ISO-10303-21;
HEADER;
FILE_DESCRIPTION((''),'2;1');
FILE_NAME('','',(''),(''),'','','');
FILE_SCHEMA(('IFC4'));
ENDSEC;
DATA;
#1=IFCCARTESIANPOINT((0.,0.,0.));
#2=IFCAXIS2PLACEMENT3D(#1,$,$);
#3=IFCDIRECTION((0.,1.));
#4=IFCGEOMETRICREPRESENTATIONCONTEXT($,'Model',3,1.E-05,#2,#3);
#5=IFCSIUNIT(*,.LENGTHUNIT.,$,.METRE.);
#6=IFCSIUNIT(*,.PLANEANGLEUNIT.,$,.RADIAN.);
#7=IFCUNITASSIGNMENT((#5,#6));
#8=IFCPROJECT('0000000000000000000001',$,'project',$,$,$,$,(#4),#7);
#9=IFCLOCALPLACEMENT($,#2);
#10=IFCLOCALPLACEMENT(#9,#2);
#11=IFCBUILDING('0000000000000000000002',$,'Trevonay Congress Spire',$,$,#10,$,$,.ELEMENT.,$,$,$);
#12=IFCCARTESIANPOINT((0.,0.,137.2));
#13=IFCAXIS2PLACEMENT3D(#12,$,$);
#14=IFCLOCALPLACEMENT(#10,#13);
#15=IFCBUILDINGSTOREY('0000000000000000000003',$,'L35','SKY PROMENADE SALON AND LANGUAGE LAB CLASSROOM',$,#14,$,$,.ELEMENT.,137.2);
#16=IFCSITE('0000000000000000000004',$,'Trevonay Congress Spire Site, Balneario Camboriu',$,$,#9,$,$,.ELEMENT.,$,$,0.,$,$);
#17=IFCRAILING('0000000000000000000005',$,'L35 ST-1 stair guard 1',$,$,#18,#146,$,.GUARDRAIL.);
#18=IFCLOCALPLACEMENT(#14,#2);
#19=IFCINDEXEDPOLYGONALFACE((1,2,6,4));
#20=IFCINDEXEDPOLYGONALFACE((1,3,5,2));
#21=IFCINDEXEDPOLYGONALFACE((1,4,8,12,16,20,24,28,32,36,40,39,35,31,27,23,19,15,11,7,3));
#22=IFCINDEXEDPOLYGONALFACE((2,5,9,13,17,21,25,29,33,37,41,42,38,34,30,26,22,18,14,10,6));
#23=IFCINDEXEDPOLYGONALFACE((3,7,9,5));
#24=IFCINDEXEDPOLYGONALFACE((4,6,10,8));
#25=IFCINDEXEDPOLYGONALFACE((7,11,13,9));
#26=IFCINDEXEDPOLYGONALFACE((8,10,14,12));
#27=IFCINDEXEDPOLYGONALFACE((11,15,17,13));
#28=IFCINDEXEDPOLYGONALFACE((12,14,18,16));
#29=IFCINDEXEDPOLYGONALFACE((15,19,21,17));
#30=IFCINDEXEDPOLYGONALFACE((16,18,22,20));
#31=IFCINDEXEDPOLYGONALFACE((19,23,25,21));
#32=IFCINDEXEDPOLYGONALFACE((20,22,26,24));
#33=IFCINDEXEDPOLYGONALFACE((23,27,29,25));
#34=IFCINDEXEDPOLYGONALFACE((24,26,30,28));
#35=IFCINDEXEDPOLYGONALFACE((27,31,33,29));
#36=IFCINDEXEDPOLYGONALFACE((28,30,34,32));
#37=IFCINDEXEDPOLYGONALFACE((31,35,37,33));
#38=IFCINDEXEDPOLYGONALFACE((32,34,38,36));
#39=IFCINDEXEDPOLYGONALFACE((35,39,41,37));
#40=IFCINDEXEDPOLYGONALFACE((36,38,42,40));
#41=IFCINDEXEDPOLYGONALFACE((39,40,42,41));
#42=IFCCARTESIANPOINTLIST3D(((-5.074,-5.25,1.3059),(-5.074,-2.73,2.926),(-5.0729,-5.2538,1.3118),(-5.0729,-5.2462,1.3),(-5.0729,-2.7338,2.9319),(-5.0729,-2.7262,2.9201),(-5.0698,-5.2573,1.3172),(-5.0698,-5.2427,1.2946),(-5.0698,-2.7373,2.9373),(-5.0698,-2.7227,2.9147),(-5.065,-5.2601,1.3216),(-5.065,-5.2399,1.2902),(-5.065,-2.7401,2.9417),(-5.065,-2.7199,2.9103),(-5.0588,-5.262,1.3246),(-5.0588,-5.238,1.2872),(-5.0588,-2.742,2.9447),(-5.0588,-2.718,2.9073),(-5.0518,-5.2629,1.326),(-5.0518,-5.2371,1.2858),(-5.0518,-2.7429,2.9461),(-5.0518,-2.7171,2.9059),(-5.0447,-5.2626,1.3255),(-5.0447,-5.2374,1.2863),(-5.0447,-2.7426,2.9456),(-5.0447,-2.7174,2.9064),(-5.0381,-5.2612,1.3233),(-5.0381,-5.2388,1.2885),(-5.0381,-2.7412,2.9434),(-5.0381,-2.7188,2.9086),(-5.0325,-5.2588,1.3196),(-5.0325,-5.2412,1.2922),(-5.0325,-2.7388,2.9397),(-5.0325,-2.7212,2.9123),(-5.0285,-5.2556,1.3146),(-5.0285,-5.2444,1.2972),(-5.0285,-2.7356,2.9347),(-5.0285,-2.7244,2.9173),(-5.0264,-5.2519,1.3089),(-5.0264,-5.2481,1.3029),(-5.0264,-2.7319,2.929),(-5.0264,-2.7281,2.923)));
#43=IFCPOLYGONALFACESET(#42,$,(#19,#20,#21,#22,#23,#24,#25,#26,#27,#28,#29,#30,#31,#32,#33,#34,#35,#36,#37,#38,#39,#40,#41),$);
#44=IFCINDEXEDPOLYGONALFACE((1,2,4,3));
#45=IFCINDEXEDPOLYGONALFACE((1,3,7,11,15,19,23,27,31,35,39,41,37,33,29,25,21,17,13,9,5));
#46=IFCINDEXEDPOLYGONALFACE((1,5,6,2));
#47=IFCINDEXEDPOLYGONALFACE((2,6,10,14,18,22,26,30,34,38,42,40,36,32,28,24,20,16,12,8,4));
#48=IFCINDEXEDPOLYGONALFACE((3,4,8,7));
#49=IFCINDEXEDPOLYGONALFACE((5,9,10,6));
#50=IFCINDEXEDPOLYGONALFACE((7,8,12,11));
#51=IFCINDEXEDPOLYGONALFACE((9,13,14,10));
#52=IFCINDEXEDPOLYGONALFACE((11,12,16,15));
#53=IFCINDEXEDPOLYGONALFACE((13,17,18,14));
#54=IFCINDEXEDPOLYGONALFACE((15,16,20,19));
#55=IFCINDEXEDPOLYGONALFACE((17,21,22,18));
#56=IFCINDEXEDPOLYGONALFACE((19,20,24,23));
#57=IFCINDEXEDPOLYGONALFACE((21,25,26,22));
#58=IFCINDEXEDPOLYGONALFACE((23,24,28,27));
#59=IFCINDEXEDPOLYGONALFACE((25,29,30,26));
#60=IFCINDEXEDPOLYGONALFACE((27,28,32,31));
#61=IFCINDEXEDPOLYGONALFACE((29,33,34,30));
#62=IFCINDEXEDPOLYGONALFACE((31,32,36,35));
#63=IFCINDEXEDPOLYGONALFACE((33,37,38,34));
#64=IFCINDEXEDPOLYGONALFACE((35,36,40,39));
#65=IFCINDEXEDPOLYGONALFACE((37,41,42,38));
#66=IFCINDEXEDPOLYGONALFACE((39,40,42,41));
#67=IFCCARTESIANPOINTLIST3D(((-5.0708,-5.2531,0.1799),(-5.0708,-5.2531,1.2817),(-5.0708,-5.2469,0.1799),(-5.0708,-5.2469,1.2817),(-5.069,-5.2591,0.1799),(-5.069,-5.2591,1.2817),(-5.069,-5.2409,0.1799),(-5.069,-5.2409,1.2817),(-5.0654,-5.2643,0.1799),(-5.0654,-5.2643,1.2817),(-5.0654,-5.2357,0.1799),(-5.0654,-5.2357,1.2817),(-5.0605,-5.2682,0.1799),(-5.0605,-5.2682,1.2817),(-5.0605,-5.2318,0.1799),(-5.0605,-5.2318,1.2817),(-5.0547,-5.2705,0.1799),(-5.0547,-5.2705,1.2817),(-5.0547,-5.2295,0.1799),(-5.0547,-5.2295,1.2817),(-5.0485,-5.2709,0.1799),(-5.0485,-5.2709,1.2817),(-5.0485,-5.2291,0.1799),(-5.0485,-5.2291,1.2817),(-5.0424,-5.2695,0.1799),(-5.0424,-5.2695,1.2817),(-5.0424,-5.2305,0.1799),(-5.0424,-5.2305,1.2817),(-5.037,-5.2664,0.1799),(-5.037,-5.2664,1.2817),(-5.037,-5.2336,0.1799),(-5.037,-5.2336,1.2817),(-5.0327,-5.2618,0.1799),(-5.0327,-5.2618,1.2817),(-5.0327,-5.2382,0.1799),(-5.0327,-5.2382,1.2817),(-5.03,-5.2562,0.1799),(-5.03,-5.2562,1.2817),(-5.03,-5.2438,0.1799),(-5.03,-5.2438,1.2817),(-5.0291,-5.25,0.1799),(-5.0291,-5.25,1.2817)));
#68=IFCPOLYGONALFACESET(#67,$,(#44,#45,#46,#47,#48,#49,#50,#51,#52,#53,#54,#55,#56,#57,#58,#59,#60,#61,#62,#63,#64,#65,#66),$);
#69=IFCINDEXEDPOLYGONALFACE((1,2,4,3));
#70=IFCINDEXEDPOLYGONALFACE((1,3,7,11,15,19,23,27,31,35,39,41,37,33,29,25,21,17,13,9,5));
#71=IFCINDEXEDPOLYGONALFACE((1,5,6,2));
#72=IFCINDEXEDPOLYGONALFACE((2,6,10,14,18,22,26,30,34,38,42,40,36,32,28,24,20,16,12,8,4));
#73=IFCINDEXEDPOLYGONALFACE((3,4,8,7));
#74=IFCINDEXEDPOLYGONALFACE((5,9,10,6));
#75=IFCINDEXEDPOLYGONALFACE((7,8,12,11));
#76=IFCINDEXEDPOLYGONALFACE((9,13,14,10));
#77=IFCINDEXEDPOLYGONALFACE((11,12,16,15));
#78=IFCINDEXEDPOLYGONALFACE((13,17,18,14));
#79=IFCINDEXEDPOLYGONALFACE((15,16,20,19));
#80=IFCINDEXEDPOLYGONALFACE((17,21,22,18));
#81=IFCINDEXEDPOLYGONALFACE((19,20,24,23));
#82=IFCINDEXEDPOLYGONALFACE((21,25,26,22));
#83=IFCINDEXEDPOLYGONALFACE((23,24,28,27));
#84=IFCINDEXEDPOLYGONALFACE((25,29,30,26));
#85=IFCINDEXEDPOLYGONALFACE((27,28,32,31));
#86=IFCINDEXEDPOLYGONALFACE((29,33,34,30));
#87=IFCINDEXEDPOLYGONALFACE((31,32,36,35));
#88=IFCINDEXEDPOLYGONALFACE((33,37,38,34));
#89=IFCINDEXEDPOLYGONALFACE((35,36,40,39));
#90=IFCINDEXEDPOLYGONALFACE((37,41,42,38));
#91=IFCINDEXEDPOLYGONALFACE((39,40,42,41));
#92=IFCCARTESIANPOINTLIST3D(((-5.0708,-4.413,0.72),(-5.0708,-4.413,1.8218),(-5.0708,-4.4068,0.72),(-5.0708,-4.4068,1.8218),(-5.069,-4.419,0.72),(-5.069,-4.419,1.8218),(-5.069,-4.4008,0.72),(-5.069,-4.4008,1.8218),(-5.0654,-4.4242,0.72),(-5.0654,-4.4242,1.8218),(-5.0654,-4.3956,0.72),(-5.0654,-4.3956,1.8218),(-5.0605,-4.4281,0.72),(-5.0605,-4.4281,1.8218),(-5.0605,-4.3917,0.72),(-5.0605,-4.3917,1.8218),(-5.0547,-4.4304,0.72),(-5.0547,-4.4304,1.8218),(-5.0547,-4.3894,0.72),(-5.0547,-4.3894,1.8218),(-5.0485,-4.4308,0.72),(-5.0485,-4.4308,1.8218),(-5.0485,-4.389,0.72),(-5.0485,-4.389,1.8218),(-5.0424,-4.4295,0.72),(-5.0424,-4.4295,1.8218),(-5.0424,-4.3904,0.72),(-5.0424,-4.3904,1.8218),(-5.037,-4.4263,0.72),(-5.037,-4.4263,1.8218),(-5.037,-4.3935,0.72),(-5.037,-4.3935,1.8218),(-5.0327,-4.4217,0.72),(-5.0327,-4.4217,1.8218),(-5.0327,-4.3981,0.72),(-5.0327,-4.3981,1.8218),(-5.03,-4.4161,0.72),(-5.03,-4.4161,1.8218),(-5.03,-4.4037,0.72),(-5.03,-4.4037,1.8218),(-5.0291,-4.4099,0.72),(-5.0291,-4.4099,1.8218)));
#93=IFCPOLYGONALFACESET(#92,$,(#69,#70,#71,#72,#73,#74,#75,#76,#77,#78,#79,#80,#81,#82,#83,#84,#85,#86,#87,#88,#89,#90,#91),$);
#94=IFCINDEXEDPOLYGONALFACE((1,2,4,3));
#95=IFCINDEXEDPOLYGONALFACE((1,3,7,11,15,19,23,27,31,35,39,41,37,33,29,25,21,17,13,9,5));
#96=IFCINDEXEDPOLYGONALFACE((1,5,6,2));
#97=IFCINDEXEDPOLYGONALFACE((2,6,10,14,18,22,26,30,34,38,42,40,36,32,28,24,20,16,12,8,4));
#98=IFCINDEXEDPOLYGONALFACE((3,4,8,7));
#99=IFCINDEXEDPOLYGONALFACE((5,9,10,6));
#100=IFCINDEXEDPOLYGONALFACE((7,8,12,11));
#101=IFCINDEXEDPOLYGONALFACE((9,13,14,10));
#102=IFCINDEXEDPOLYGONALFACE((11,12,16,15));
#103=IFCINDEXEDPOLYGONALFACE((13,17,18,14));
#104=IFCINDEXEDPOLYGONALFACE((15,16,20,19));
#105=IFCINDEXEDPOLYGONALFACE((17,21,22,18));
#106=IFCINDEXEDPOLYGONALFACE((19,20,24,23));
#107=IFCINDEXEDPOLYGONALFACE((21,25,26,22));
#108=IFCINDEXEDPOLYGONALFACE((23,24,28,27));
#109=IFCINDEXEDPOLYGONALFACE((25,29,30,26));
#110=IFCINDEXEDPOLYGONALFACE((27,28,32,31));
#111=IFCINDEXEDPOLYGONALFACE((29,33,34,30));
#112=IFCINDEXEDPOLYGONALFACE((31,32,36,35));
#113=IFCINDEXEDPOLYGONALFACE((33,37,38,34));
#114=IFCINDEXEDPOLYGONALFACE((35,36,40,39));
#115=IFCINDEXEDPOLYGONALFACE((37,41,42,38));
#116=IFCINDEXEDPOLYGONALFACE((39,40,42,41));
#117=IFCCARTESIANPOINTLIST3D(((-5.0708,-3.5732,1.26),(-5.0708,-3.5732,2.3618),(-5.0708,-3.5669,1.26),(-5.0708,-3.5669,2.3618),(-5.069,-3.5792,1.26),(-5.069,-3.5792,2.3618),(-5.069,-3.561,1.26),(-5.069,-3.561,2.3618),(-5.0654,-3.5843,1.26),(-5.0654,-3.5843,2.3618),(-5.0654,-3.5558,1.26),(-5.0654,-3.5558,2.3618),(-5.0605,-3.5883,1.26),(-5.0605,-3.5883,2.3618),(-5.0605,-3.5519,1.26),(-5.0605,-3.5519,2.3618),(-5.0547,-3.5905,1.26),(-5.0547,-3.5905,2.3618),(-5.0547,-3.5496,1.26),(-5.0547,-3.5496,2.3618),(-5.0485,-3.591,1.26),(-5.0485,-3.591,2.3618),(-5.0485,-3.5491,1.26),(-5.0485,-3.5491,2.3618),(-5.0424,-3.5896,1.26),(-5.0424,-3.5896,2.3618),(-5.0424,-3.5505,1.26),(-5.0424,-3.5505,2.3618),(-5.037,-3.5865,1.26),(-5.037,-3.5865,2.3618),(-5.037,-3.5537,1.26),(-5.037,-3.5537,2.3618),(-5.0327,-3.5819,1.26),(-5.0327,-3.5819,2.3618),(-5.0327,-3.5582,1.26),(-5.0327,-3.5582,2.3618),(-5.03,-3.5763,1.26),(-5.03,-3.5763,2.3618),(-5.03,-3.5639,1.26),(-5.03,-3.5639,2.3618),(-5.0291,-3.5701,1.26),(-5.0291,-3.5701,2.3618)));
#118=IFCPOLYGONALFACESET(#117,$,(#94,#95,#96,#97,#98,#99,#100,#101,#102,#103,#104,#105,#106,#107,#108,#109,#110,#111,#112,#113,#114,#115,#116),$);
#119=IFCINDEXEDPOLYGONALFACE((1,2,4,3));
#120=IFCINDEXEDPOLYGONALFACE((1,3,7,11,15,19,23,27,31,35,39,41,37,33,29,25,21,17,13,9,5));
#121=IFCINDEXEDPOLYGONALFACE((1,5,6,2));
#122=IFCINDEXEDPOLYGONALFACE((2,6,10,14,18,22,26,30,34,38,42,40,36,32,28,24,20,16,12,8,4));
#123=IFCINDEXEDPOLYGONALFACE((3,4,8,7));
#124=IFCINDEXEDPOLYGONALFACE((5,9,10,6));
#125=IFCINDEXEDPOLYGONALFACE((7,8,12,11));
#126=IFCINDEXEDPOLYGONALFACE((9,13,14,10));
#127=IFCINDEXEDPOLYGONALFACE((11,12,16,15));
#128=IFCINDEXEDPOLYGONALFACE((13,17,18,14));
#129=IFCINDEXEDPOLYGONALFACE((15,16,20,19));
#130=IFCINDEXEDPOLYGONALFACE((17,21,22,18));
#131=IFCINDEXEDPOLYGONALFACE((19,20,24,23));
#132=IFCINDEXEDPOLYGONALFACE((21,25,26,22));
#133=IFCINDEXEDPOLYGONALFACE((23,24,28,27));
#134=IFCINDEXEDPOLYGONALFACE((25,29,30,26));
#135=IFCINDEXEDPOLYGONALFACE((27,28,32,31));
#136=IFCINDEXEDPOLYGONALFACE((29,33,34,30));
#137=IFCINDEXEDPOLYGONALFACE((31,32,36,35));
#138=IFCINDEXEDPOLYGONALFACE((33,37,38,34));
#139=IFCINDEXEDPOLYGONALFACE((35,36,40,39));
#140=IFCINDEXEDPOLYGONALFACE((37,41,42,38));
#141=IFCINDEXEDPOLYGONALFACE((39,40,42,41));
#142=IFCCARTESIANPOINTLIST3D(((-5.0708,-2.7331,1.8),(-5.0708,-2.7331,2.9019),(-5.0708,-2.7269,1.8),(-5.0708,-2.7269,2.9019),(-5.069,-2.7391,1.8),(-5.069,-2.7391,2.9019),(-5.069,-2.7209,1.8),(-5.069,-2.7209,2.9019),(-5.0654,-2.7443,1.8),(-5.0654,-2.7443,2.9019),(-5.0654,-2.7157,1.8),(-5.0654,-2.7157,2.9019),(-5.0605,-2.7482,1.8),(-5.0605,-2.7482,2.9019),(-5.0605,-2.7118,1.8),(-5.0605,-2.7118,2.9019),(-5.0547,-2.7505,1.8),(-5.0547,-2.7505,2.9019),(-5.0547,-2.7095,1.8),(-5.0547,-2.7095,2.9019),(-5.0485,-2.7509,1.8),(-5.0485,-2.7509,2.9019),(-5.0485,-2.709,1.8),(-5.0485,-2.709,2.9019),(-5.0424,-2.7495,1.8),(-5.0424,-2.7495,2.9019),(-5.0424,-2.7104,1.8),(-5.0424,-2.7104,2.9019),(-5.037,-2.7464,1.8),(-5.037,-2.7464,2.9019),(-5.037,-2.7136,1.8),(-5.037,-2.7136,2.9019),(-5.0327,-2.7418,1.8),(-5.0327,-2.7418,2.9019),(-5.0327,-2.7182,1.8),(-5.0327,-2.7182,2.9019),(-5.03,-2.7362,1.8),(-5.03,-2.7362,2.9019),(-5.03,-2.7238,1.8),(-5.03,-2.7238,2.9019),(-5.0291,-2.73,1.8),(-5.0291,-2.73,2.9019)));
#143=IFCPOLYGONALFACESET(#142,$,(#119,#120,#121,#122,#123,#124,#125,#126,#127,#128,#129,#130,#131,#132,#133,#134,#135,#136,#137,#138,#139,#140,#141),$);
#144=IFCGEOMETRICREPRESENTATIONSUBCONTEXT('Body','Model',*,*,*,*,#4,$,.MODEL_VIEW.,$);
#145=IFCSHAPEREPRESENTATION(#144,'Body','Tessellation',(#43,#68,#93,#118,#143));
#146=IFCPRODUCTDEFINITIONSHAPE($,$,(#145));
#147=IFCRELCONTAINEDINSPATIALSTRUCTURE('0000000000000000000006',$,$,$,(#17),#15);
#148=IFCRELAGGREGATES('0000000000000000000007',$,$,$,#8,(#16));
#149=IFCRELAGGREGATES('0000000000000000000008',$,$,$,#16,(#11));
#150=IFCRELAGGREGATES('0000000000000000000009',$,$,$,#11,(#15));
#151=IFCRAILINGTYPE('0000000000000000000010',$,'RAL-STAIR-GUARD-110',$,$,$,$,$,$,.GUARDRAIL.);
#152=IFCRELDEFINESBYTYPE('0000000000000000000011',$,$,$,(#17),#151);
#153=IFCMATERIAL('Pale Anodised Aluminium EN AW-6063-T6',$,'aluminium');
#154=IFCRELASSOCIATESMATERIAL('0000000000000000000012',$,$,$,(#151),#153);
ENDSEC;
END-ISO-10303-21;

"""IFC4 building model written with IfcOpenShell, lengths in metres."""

from ifc_helpers import new_model, si_unit, direction, frame, origin, origin_2d, place, context, subcontext, project, spatial, circle, extrude, material, type_object, element, save


model = new_model("IFC4")

# Units and contexts
model_context = context("Model", 3, precision=1e-05, world=origin(), true_north=direction((0.0, 1.0)))
body_context = subcontext(model_context, "Body", "Model", "MODEL_VIEW")
ifc_project = project(units=[si_unit("LENGTHUNIT", "METRE"), si_unit("PLANEANGLEUNIT", "RADIAN")], contexts=[model_context])

# Site, building, storey
site_placement = place(None, origin())
site = spatial("IfcSite", under=ifc_project, at=site_placement, Name="Trevonay Congress Spire Site, Balneario Camboriu", CompositionType="ELEMENT", RefElevation=0.0)
building_placement = place(site_placement, origin())
building = spatial("IfcBuilding", under=site, at=building_placement, Name="Trevonay Congress Spire", CompositionType="ELEMENT")
storey_placement = place(building_placement, frame((0.0, 0.0, 137.2)))
storey = spatial("IfcBuildingStorey", under=building, at=storey_placement, Name="L35", Description="SKY PROMENADE SALON AND LANGUAGE LAB CLASSROOM", CompositionType="ELEMENT", Elevation=137.2)

# Shared definitions
ifc_material_1 = material(Name="Pale Anodised Aluminium EN AW-6063-T6", Category="aluminium")

# Railing
railing_type_1 = type_object("IfcRailingType", Name="RAL-STAIR-GUARD-110", PredefinedType="GUARDRAIL", material=ifc_material_1)
railing_1_placement = place(storey_placement, frame((-5.05, -5.25, 0.1799)))
element("IfcRailing", 1, at=railing_1_placement, inside=storey, type_object=railing_type_1, Name="L35 ST-1 stair guard 1", PredefinedType="GUARDRAIL", context=body_context, shape_type="SweptSolid", body=[
    extrude(circle(Radius=0.0239, at=origin_2d()), frame((0.0, 0.0, 1.126), z_axis=(0.0, 0.841163, 0.540782), x_axis=(-1.0, 0.0, 0.0)), (0.0, 0.0, 1.0), 2.9958),
    extrude(circle(Radius=0.021, at=origin_2d()), origin(), (0.0, 0.0, 1.0), 1.1018),
    extrude(circle(Radius=0.021, at=origin_2d()), frame((0.0, 0.8401, 0.54)), (0.0, 0.0, 1.0), 1.1018),
    extrude(circle(Radius=0.021, at=origin_2d()), frame((0.0, 1.6799, 1.0801)), (0.0, 0.0, 1.0), 1.1018),
    extrude(circle(Radius=0.021, at=origin_2d()), frame((0.0, 2.52, 1.6201)), (0.0, 0.0, 1.0), 1.1018),
])

save(model, "model.ifc")
